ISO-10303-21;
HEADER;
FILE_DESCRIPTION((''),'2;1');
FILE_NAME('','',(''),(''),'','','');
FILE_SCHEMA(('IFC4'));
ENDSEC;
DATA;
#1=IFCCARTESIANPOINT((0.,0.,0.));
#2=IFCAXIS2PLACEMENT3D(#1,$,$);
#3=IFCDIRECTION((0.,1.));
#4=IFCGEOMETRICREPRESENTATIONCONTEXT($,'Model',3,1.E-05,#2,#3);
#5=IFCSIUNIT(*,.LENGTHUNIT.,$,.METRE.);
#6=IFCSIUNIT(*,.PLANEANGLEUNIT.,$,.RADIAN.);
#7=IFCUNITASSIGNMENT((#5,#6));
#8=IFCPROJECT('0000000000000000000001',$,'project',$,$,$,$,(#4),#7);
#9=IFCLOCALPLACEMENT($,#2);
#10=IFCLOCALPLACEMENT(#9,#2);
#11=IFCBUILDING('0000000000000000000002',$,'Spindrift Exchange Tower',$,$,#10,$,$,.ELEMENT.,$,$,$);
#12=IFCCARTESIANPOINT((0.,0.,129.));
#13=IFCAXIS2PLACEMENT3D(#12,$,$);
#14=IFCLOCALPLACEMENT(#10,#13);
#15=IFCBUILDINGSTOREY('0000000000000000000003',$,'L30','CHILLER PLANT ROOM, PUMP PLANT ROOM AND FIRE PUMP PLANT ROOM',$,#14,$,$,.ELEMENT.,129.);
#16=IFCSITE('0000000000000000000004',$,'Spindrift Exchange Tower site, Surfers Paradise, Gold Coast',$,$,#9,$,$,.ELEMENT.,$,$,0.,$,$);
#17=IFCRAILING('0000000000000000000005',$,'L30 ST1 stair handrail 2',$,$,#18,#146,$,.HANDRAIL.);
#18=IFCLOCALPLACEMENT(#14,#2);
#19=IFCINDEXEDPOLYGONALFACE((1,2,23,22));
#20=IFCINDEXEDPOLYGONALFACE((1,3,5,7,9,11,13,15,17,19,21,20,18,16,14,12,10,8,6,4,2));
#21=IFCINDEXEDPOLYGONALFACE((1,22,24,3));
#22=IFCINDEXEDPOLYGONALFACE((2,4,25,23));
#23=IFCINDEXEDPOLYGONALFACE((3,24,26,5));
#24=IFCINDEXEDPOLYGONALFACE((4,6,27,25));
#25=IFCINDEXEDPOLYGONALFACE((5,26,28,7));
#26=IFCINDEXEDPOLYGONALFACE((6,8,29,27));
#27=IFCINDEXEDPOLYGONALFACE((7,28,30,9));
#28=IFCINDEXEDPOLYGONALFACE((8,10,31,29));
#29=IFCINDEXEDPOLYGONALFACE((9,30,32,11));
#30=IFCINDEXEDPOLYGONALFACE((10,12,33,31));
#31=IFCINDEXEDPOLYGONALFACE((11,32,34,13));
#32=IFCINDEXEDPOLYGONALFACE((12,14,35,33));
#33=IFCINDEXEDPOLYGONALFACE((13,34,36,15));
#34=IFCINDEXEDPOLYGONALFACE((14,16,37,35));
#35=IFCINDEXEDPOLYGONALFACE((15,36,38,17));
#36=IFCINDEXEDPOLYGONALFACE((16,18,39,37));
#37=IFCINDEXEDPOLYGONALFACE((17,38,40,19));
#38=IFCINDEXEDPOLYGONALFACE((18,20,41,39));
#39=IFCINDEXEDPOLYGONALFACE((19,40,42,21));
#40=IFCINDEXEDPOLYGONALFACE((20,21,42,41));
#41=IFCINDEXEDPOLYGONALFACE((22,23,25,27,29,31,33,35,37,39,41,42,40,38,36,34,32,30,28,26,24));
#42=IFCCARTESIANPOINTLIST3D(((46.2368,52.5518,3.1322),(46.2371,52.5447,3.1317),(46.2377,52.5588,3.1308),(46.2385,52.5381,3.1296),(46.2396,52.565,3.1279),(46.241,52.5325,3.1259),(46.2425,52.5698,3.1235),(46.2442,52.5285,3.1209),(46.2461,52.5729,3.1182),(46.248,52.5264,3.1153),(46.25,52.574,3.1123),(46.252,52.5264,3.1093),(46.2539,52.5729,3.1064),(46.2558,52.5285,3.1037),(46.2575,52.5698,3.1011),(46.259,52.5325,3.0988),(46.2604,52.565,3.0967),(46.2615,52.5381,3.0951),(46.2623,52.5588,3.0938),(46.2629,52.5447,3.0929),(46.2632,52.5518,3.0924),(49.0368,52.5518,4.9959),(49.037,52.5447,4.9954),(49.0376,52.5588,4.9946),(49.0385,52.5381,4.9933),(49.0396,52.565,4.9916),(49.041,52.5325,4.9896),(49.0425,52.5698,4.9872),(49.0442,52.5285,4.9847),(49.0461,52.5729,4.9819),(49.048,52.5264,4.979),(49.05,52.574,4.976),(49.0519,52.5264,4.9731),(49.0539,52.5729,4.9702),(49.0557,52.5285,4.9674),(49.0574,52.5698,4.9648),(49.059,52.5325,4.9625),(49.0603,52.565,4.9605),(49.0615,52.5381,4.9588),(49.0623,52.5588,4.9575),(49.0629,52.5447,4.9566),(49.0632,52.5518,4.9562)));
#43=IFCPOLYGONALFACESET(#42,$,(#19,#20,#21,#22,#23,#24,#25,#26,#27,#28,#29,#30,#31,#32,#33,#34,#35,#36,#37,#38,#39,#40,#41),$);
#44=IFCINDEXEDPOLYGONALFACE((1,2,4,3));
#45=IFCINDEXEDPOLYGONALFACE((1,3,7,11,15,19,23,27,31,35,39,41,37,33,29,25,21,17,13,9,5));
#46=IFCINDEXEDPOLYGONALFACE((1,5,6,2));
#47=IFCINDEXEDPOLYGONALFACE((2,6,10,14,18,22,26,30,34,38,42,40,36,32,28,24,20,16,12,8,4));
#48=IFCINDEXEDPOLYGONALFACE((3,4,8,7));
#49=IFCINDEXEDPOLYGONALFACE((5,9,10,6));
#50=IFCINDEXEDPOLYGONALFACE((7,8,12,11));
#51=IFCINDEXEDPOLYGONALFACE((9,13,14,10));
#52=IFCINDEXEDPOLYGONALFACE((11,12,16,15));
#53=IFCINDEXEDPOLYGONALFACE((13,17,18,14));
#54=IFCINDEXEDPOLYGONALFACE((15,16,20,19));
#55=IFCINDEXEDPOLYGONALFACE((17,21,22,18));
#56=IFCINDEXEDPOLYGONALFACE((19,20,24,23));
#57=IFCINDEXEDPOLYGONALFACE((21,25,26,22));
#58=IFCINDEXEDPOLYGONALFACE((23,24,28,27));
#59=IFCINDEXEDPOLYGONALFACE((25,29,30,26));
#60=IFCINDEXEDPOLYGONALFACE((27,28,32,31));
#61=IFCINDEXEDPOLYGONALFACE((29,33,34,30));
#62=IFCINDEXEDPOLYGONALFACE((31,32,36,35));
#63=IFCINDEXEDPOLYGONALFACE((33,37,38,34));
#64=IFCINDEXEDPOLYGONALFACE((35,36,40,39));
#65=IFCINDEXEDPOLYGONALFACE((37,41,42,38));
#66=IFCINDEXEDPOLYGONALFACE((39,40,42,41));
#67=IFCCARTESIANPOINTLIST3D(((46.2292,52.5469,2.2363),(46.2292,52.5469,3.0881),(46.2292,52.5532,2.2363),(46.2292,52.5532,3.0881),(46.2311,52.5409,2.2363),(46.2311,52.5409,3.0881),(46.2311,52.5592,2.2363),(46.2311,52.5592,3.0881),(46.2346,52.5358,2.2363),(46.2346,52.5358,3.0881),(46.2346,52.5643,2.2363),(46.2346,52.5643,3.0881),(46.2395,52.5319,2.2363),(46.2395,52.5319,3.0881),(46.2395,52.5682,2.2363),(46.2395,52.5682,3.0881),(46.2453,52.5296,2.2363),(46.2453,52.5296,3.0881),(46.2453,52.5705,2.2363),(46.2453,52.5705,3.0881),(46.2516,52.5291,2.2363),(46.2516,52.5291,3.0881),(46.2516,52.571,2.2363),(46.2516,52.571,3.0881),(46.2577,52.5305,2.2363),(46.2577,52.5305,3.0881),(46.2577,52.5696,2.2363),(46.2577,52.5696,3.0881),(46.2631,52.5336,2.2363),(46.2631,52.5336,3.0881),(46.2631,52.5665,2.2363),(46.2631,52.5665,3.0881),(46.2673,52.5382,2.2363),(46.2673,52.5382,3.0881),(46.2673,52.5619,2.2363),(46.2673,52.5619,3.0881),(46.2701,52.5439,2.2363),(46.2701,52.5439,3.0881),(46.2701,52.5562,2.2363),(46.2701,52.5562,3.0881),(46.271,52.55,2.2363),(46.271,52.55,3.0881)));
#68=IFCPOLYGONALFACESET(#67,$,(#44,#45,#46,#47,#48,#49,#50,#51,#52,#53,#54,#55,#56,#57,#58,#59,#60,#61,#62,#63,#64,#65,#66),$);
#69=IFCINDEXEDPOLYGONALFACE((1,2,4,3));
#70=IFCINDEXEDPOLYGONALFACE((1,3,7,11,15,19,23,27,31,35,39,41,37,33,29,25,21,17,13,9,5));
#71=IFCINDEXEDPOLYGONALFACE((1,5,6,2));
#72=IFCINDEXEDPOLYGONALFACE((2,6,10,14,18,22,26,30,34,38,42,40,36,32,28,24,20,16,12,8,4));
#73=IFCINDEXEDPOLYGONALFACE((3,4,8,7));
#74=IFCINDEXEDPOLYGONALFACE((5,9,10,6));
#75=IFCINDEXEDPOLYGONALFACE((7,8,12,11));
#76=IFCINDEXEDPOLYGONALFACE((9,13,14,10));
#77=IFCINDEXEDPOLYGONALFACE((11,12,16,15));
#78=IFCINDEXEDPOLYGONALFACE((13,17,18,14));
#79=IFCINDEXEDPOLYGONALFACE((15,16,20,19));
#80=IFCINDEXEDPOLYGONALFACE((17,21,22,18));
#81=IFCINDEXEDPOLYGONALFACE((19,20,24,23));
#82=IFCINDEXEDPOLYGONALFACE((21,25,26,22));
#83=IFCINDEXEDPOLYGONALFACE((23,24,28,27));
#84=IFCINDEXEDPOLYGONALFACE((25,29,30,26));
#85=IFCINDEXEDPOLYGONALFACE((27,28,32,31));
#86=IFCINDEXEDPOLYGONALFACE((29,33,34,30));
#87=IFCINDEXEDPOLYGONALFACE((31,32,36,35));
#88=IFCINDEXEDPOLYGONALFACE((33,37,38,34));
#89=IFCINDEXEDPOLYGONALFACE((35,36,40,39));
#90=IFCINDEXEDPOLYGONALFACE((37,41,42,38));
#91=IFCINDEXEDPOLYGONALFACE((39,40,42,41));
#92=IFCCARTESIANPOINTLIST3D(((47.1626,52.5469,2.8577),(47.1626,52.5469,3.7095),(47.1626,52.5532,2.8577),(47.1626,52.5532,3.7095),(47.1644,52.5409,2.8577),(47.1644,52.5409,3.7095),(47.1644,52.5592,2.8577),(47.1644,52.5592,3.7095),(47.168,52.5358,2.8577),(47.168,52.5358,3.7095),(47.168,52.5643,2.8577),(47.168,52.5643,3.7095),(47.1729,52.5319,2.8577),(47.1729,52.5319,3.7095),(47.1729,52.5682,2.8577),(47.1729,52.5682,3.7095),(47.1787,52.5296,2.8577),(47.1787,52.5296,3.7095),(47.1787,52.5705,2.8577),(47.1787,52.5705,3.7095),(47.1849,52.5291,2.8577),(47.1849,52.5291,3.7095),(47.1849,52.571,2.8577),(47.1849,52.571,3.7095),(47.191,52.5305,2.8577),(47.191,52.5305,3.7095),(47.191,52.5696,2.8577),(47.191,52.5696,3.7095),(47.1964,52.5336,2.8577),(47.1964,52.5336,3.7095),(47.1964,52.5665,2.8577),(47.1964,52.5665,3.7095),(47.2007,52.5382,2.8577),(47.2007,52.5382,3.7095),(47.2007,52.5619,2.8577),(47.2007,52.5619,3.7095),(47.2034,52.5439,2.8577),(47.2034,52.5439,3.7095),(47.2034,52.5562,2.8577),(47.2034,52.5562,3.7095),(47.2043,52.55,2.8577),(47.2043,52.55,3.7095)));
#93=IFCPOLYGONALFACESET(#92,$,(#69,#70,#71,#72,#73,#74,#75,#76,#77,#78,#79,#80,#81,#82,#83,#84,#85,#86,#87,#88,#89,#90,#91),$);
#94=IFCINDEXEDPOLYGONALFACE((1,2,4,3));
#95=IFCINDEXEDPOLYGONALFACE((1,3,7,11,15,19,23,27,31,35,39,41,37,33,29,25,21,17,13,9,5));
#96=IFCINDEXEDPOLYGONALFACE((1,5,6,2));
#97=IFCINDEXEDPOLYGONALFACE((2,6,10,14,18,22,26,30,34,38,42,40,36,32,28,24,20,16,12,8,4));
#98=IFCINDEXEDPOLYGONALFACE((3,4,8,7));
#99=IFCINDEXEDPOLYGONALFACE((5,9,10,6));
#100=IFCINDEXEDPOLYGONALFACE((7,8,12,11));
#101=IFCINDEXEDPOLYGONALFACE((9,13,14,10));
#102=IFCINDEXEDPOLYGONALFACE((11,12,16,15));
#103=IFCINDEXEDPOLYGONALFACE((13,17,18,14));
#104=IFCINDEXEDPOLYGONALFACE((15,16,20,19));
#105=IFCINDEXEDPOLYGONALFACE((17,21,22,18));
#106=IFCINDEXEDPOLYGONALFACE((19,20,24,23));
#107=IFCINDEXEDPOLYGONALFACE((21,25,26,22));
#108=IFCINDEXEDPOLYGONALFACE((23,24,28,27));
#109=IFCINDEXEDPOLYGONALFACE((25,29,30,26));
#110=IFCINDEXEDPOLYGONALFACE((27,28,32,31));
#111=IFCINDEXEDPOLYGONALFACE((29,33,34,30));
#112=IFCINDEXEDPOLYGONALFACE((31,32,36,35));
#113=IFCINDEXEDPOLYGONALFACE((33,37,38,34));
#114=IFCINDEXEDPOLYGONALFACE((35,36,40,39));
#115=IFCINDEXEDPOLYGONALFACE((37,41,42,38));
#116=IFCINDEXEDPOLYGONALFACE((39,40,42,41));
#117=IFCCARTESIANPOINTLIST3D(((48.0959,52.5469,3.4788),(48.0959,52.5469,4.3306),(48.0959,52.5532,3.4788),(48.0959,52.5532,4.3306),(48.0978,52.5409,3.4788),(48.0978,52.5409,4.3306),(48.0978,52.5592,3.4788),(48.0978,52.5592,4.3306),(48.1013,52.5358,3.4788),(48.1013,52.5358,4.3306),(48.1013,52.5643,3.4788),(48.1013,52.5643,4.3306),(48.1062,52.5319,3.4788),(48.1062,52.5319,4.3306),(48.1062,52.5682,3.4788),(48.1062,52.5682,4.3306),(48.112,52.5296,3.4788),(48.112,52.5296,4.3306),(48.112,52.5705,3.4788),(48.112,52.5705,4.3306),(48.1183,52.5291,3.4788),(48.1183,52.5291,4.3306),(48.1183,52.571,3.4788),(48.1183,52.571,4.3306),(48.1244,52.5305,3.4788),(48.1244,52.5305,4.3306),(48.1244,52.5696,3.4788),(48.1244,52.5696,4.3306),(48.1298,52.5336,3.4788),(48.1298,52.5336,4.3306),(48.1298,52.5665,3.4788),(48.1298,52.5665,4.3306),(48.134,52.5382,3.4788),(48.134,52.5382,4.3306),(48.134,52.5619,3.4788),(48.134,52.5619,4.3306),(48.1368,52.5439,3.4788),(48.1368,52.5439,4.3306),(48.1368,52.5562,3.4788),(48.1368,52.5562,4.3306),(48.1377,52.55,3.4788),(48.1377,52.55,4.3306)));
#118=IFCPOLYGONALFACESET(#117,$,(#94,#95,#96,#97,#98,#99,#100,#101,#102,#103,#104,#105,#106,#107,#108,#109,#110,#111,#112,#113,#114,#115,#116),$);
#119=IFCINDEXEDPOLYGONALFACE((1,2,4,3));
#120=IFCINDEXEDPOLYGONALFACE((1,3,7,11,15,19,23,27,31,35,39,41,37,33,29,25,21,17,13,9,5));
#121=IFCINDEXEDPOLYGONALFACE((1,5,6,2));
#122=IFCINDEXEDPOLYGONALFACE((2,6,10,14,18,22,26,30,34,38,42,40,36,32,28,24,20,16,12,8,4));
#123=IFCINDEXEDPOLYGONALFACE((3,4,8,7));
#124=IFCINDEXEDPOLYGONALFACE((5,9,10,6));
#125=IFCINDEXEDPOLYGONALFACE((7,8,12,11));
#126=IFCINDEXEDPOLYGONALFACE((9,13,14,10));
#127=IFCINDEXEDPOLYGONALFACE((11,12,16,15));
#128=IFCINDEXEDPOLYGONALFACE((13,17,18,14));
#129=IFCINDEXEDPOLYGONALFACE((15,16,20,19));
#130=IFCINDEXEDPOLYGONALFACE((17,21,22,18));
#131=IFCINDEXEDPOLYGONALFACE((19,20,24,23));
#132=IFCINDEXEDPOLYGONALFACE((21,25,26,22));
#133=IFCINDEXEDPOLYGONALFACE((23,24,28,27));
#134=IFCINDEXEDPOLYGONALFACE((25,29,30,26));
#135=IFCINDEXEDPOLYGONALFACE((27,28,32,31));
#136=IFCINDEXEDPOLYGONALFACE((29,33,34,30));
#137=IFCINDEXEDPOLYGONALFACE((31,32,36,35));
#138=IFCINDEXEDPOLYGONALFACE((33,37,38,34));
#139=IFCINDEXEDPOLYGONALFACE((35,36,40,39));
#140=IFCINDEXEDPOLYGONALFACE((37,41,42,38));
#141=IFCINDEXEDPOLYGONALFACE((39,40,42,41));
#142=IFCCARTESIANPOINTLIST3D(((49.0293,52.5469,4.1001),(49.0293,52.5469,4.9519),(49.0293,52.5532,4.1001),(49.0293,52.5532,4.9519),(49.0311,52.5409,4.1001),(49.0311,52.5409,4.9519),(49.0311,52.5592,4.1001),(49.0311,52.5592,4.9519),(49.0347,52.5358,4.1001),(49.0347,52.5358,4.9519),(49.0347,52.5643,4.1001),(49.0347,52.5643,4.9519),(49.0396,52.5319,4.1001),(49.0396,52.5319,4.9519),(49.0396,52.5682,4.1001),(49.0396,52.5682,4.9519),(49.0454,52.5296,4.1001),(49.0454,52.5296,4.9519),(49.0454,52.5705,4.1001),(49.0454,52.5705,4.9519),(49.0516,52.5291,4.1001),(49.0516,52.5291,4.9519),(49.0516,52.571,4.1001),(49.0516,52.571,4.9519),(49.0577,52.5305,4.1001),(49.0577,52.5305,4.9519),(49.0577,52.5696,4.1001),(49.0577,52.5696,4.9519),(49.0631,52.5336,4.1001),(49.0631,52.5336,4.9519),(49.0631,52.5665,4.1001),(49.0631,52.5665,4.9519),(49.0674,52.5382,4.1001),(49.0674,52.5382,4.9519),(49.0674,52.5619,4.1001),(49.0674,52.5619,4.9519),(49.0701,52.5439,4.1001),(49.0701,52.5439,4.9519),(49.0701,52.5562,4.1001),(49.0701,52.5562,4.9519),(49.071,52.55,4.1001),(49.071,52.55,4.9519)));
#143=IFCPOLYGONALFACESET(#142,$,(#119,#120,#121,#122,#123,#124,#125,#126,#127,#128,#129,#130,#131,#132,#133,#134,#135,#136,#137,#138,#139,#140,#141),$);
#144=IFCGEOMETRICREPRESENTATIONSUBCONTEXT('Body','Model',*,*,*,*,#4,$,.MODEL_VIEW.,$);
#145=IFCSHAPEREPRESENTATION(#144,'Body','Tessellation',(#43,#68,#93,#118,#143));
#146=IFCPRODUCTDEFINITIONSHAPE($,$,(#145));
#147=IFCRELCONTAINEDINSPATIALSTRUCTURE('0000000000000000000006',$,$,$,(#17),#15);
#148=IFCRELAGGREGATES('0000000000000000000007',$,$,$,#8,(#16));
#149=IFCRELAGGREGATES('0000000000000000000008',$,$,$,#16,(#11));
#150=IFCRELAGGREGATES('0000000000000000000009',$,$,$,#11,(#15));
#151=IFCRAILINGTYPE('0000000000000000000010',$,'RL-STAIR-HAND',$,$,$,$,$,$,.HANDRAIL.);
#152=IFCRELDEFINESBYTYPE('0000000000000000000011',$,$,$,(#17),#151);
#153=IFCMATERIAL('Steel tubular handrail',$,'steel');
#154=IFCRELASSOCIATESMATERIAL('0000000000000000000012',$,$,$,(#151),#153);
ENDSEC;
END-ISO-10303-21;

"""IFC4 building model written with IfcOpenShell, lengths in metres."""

from ifc_helpers import new_model, si_unit, direction, frame, origin, origin_2d, place, context, subcontext, project, spatial, circle, extrude, material, type_object, element, save


model = new_model("IFC4")

# Units and contexts
model_context = context("Model", 3, precision=1e-05, world=origin(), true_north=direction((0.0, 1.0)))
body_context = subcontext(model_context, "Body", "Model", "MODEL_VIEW")
ifc_project = project(units=[si_unit("LENGTHUNIT", "METRE"), si_unit("PLANEANGLEUNIT", "RADIAN")], contexts=[model_context])

# Site, building, storey
site_placement = place(None, origin())
site = spatial("IfcSite", under=ifc_project, at=site_placement, Name="Spindrift Exchange Tower site, Surfers Paradise, Gold Coast", CompositionType="ELEMENT", RefElevation=0.0)
building_placement = place(site_placement, origin())
building = spatial("IfcBuilding", under=site, at=building_placement, Name="Spindrift Exchange Tower", CompositionType="ELEMENT")
storey_placement = place(building_placement, frame((0.0, 0.0, 129.0)))
storey = spatial("IfcBuildingStorey", under=building, at=storey_placement, Name="L30", Description="CHILLER PLANT ROOM, PUMP PLANT ROOM AND FIRE PUMP PLANT ROOM", CompositionType="ELEMENT", Elevation=129.0)

# Railing
ifc_material_1 = material(Name="Steel tubular handrail", Category="steel")
railing_type_1 = type_object("IfcRailingType", Name="RL-STAIR-HAND", PredefinedType="HANDRAIL", material=ifc_material_1)
railing_1_placement = place(storey_placement, frame((46.25, 52.55, 2.2363)))
element("IfcRailing", 1, at=railing_1_placement, inside=storey, type_object=railing_type_1, Name="L30 ST1 stair handrail 2", PredefinedType="HANDRAIL", context=body_context, shape_type="SweptSolid", body=[
    extrude(circle(Radius=0.0239, at=origin_2d()), frame((0.0, 0.0, 0.876), z_axis=(0.832452, 0.0, 0.554097), x_axis=(0.0, 1.0, 0.0)), (0.0, 0.0, 1.0), 3.3635),
    extrude(circle(Radius=0.021, at=origin_2d()), origin(), (0.0, 0.0, 1.0), 0.8518),
    extrude(circle(Radius=0.021, at=origin_2d()), frame((0.9333, 0.0, 0.6213)), (0.0, 0.0, 1.0), 0.8518),
    extrude(circle(Radius=0.021, at=origin_2d()), frame((1.8667, 0.0, 1.2424)), (0.0, 0.0, 1.0), 0.8518),
    extrude(circle(Radius=0.021, at=origin_2d()), frame((2.8, 0.0, 1.8638)), (0.0, 0.0, 1.0), 0.8518),
])

save(model, "model.ifc")
